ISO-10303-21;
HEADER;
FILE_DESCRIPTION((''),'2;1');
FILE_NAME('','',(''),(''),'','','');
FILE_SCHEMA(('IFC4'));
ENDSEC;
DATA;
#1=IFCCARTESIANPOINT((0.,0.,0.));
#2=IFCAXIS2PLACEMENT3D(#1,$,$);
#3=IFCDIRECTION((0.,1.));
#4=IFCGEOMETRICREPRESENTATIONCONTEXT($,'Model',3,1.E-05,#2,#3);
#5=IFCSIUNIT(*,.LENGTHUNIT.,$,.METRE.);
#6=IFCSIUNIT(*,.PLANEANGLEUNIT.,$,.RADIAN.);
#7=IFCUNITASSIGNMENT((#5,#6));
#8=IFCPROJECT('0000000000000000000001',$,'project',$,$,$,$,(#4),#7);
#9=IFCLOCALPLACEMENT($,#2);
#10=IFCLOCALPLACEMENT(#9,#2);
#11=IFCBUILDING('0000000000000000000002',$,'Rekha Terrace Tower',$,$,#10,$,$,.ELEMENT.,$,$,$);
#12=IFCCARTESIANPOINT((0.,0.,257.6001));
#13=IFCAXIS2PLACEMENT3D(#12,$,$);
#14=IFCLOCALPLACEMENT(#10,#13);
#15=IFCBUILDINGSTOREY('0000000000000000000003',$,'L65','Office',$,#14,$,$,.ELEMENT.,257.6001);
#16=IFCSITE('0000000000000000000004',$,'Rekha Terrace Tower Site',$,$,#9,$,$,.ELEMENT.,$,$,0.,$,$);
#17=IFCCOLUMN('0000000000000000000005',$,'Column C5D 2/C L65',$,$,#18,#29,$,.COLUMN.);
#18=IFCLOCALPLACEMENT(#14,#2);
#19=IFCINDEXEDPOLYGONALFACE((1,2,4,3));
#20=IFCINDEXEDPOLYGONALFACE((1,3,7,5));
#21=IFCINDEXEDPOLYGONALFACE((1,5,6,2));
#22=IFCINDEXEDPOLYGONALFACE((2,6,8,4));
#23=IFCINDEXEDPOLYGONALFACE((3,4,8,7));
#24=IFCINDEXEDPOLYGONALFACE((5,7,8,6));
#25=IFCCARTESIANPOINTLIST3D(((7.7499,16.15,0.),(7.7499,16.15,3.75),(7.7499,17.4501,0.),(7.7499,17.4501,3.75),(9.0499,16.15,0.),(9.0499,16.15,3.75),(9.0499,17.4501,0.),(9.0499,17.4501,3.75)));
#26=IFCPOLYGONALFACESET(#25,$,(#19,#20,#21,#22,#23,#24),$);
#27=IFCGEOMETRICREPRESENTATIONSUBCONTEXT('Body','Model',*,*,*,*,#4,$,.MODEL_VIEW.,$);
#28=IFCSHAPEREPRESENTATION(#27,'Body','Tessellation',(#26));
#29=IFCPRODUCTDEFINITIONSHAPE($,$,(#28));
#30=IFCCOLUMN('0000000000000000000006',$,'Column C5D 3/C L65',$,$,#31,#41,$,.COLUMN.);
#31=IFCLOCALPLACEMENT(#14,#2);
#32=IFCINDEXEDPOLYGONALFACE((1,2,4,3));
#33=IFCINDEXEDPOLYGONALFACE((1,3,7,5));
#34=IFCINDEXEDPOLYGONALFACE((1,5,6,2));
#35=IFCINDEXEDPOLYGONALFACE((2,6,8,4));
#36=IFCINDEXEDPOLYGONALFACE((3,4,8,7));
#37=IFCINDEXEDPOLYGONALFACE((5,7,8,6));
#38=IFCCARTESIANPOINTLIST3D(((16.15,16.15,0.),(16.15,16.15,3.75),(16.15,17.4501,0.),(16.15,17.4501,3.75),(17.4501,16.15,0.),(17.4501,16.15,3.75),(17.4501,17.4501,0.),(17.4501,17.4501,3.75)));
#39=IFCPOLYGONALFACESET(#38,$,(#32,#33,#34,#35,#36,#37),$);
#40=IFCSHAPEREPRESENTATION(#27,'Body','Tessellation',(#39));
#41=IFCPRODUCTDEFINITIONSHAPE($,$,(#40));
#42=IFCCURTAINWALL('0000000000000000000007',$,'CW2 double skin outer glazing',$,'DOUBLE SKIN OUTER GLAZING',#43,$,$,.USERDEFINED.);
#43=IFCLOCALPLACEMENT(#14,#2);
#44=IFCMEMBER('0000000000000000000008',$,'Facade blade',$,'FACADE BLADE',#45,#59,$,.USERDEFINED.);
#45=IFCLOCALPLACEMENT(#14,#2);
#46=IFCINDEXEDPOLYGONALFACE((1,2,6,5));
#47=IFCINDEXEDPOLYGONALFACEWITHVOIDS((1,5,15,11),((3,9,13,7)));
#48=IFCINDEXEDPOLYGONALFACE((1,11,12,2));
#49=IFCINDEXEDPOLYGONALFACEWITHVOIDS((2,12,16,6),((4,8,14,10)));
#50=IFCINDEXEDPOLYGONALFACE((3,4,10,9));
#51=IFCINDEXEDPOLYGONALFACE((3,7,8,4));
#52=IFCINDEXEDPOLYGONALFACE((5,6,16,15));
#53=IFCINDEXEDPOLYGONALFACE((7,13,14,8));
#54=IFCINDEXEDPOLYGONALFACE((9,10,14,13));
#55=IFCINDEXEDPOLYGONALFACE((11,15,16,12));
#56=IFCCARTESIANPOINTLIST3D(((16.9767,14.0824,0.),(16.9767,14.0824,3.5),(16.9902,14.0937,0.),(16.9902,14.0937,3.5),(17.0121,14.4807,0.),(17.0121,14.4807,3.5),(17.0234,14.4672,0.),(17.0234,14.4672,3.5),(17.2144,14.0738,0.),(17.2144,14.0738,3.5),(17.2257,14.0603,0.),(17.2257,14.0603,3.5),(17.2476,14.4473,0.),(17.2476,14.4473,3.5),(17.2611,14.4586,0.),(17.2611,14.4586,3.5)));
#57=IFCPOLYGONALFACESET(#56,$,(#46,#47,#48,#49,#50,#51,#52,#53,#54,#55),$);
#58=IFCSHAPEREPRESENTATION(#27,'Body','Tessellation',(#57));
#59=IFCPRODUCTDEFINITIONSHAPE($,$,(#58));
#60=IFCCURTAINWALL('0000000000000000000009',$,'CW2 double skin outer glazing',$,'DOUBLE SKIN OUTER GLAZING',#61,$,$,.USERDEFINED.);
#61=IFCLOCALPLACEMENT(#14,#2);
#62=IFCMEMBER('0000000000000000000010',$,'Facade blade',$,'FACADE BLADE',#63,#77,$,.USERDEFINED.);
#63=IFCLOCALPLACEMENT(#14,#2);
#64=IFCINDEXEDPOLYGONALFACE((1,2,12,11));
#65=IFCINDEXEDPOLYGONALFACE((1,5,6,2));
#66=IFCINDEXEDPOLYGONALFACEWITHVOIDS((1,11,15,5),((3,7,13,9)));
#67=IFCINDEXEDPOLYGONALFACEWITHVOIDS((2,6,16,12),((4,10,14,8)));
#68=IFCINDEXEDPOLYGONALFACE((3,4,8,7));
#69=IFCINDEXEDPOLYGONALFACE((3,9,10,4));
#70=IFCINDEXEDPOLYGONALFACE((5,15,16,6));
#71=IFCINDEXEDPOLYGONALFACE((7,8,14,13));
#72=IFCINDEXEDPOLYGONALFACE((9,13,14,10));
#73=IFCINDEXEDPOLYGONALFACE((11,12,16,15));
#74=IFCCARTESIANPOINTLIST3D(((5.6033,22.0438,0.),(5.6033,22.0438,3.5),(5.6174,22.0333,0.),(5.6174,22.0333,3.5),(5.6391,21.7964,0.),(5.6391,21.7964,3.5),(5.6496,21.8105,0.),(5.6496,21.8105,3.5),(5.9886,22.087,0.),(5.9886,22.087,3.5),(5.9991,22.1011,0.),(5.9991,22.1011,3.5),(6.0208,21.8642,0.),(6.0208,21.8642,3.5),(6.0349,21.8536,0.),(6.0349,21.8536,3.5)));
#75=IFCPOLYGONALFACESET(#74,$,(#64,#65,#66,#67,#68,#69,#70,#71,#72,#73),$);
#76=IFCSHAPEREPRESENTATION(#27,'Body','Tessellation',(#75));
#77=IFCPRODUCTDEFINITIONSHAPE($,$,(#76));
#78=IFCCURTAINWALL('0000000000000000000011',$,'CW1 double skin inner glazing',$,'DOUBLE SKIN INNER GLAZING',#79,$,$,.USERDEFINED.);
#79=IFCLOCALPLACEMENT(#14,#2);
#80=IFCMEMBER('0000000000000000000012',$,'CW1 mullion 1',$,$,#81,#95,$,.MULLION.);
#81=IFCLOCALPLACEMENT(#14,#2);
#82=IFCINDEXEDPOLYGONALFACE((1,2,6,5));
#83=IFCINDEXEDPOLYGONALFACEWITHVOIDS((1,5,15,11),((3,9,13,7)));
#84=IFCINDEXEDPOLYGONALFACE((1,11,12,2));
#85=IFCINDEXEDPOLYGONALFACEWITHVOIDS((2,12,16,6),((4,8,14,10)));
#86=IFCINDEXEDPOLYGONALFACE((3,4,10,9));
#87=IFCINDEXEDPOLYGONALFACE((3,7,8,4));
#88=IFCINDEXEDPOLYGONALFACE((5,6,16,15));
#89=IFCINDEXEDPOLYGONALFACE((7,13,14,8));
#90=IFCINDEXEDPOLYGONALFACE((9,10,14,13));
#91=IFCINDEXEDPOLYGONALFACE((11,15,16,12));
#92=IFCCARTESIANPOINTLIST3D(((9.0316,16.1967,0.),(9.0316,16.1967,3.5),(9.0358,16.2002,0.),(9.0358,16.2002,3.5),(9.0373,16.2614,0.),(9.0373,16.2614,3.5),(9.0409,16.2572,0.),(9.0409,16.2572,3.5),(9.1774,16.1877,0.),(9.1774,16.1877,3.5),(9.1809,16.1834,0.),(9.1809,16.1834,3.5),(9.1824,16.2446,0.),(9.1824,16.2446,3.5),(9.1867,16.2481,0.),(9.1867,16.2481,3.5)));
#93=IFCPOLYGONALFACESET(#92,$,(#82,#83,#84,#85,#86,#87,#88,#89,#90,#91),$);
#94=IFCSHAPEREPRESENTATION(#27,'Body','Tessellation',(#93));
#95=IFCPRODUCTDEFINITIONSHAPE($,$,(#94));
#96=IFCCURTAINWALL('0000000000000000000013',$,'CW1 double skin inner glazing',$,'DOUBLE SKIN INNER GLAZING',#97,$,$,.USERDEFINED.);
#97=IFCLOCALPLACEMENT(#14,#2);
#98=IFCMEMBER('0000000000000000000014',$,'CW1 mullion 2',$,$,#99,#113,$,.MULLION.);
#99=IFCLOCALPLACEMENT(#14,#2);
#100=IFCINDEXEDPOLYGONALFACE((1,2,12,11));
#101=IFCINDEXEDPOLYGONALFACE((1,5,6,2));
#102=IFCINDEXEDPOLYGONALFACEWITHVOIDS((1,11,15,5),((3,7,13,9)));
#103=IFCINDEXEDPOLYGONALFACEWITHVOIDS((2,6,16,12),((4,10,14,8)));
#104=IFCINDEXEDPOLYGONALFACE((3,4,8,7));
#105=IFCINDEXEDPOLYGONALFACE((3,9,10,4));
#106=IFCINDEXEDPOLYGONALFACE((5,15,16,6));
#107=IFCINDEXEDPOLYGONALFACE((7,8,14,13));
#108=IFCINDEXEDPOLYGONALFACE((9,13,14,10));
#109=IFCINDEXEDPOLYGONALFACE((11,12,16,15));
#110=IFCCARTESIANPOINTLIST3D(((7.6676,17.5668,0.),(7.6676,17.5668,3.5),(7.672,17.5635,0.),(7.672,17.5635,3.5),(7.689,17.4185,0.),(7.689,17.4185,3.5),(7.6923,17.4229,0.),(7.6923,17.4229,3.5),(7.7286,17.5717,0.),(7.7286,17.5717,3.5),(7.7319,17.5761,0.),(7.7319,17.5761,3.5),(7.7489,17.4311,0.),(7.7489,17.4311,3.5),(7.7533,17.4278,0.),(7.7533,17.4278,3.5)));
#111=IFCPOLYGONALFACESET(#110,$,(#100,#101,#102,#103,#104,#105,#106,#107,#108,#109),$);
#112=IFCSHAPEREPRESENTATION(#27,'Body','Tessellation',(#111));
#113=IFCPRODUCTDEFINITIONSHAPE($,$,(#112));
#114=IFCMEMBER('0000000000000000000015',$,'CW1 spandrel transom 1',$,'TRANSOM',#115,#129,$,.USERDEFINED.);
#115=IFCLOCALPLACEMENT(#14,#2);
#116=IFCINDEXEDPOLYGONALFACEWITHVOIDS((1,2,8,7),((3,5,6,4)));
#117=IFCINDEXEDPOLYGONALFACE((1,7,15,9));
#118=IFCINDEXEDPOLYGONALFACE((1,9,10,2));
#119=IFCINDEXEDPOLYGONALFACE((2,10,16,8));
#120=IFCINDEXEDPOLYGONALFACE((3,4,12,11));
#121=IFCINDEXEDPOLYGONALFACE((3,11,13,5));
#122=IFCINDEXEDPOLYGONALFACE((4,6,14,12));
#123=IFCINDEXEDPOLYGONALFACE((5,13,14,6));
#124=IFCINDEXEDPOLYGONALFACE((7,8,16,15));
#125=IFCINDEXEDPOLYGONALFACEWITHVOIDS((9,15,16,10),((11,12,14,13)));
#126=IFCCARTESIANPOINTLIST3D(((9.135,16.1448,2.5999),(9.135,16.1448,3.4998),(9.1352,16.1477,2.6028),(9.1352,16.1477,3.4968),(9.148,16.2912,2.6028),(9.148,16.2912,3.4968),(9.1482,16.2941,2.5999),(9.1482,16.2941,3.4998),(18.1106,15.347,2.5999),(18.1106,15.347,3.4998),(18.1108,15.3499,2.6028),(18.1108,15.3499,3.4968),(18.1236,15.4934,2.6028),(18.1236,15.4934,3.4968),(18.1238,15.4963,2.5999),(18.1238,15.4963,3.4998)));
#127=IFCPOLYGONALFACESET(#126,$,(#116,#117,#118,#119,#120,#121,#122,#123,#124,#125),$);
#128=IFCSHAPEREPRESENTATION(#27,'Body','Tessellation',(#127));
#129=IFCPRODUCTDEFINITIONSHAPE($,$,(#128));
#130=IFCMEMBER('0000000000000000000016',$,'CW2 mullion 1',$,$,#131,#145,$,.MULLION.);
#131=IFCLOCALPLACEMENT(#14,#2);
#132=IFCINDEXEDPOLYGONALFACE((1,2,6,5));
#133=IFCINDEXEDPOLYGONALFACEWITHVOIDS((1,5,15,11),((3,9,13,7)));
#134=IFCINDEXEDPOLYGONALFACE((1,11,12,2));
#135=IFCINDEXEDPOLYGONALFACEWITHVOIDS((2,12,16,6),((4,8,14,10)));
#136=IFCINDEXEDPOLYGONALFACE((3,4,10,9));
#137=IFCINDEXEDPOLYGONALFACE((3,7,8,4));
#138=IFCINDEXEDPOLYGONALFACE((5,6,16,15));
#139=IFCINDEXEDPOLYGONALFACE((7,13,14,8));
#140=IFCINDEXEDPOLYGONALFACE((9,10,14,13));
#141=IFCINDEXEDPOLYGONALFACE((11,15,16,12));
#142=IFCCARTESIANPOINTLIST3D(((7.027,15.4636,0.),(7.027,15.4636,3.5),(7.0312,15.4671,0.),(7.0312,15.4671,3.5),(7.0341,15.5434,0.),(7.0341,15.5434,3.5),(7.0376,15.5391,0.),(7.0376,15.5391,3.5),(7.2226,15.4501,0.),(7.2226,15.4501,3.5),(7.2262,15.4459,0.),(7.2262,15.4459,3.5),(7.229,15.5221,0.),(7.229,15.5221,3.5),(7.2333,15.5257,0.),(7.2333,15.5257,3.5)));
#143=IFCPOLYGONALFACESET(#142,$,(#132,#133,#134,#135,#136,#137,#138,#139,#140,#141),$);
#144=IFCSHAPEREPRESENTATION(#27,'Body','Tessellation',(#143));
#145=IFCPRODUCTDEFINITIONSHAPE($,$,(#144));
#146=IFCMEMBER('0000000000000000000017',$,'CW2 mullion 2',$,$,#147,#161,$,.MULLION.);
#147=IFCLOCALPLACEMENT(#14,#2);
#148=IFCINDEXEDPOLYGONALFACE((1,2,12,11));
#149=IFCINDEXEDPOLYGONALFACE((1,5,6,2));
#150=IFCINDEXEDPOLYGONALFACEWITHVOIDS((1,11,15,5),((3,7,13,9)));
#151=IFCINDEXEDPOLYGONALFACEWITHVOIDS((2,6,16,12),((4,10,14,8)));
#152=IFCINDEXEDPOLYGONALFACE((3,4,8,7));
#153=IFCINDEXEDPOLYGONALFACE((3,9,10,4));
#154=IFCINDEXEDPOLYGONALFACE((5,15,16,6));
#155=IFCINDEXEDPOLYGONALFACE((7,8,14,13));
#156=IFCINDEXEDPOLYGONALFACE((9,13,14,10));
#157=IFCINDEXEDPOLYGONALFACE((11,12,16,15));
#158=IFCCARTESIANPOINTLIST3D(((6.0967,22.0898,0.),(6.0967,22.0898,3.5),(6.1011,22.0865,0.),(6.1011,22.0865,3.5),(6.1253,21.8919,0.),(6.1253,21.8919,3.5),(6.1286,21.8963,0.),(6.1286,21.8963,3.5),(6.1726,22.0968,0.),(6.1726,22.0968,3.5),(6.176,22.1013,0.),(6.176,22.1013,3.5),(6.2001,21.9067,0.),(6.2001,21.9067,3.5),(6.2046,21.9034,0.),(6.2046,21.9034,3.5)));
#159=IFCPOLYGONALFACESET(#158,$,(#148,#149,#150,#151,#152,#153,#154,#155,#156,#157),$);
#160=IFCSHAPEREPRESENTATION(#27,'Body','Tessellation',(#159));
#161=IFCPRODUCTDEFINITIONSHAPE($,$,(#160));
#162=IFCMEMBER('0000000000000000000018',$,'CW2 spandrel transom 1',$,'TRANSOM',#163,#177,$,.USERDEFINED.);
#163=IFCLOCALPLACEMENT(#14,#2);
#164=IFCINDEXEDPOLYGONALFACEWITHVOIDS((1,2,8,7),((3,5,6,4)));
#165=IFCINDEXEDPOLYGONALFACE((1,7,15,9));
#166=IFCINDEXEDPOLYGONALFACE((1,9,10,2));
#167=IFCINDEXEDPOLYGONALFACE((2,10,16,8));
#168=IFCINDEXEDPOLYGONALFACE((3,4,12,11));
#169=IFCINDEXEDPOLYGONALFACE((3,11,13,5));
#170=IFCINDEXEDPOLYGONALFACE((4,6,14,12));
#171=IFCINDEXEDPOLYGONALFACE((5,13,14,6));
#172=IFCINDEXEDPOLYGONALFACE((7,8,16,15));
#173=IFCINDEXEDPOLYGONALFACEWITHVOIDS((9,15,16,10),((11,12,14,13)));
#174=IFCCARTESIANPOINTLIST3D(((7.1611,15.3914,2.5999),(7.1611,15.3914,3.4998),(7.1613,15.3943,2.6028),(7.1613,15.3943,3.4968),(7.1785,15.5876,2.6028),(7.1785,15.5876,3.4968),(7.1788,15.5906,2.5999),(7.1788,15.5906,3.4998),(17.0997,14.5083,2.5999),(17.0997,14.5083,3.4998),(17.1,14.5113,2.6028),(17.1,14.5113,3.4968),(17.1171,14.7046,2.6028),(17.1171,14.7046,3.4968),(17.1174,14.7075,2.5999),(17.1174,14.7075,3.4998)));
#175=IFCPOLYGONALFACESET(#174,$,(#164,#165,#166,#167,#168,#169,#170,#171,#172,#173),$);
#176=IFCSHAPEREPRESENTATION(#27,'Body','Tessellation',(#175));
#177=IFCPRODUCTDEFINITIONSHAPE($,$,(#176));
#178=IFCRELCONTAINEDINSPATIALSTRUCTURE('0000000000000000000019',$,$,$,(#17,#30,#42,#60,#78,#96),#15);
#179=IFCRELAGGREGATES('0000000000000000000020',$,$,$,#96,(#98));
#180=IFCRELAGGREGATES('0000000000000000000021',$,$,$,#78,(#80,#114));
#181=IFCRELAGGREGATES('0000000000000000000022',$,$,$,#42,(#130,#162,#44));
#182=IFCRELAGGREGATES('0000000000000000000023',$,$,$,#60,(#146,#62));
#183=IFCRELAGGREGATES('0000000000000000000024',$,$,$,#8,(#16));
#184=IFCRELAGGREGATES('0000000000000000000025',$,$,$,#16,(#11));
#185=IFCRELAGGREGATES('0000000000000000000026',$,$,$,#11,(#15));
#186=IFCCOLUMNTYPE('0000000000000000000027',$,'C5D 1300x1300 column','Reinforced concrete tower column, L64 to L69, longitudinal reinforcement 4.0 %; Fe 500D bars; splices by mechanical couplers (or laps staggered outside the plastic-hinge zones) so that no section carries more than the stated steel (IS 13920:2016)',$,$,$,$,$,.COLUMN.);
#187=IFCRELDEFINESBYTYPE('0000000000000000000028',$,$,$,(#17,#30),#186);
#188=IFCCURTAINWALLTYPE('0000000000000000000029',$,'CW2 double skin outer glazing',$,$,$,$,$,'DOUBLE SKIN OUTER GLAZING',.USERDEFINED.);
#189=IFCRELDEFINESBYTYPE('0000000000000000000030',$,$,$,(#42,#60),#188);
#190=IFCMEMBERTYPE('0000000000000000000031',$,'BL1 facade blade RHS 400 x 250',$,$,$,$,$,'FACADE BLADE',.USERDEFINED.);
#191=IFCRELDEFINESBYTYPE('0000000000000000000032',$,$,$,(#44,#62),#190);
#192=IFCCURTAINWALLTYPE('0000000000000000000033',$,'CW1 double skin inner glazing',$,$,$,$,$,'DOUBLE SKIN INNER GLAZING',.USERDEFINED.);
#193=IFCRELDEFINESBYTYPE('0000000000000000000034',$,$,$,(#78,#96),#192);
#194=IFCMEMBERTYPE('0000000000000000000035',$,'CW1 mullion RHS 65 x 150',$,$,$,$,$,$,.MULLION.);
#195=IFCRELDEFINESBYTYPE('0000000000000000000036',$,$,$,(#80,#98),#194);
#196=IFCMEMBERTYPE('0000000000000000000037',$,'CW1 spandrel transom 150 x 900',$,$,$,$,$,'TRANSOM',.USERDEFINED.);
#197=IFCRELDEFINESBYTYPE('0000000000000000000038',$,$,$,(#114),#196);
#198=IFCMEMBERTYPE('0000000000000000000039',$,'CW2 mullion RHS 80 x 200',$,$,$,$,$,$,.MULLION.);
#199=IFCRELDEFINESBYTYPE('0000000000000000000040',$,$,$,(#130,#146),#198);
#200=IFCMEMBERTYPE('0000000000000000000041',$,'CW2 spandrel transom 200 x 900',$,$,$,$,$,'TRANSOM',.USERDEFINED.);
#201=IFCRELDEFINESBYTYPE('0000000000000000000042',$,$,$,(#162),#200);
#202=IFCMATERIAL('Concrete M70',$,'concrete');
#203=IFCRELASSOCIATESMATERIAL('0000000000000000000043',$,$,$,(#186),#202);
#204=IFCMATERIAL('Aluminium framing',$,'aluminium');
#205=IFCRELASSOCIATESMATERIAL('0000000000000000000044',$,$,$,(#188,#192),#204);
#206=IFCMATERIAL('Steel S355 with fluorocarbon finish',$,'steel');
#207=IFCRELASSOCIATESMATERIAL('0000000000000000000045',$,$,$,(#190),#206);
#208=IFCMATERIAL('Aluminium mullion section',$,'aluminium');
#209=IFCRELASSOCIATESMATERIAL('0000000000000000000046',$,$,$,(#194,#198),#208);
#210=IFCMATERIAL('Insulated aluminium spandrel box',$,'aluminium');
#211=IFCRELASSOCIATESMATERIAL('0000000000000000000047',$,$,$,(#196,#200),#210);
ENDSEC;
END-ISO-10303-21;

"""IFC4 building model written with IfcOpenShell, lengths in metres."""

from ifc_helpers import new_model, si_unit, direction, frame, origin, origin_2d, place, context, subcontext, project, spatial, rectangle, hollow_rectangle, extrude, material, material_profile, profile_set, type_object, element, aggregate, save


model = new_model("IFC4")

# Units and contexts
model_context = context("Model", 3, precision=1e-05, world=origin(), true_north=direction((0.0, 1.0)))
body_context = subcontext(model_context, "Body", "Model", "MODEL_VIEW")
ifc_project = project(units=[si_unit("LENGTHUNIT", "METRE"), si_unit("PLANEANGLEUNIT", "RADIAN")], contexts=[model_context])

# Site, building, storey
site_placement = place(None, origin())
site = spatial("IfcSite", under=ifc_project, at=site_placement, Name="Rekha Terrace Tower Site", CompositionType="ELEMENT", RefElevation=0.0)
building_placement = place(site_placement, origin())
building = spatial("IfcBuilding", under=site, at=building_placement, Name="Rekha Terrace Tower", CompositionType="ELEMENT")
storey_placement = place(building_placement, frame((0.0, 0.0, 257.6001)))
storey = spatial("IfcBuildingStorey", under=building, at=storey_placement, Name="L65", Description="Office", CompositionType="ELEMENT", Elevation=257.6001)

# Columns
ifc_material_1 = material(Name="Concrete M70", Category="concrete")
ifc_material_profile_1 = material_profile(ifc_material_1, rectangle(XDim=1.3, YDim=1.3, at=origin_2d()), Name="RC 1300x1300")
ifc_profile_set_1 = profile_set([ifc_material_profile_1], Name="Concrete M70")
column_type = type_object("IfcColumnType", Name="C5D 1300x1300 column", Description="Reinforced concrete tower column, L64 to L69, longitudinal reinforcement 4.0 %; Fe 500D bars; splices by mechanical couplers (or laps staggered outside the plastic-hinge zones) so that no section carries more than the stated steel (IS 13920:2016)", PredefinedType="COLUMN", material=ifc_profile_set_1)
for number, where, z_axis, x_axis, name in (
    (1, (8.3999, 16.8, 0.0), (0.0, 0.0, 1.0), (1.0, 0.0, 0.0), "Column C5D 2/C L65"),
    (2, (16.8, 16.8, 0.0), (0.0, 0.0, 1.0), (1.0, 0.0, 0.0), "Column C5D 3/C L65"),
):
    element("IfcColumn", number, at=place(storey_placement, frame(where, z_axis=z_axis, x_axis=x_axis)), inside=storey, type_object=column_type, Name=name, PredefinedType="COLUMN", context=body_context, shape_type="SweptSolid", body=[
        extrude(rectangle(XDim=1.3, YDim=1.3, at=origin_2d()), origin(), (0.0, 0.0, 1.0), 3.75),
    ])

# Curtain walls, members
ifc_material_2 = material(Name="Aluminium framing", Category="aluminium")
curtain_wall_type_1 = type_object("IfcCurtainWallType", Name="CW2 double skin outer glazing", ElementType="DOUBLE SKIN OUTER GLAZING", PredefinedType="USERDEFINED", material=ifc_material_2)
curtain_wall_1_placement = place(storey_placement, origin())
curtain_wall_1 = element("IfcCurtainWall", 3, at=curtain_wall_1_placement, inside=storey, type_object=curtain_wall_type_1, Name="CW2 double skin outer glazing", ObjectType="DOUBLE SKIN OUTER GLAZING", PredefinedType="USERDEFINED")
ifc_material_3 = material(Name="Steel S355 with fluorocarbon finish", Category="steel")
ifc_material_profile_2 = material_profile(ifc_material_3, hollow_rectangle(XDim=0.25, YDim=0.3999, WallThickness=0.0125, at=origin_2d()), Name="RHS400x250x12.5")
ifc_profile_set_2 = profile_set([ifc_material_profile_2], Name="Steel S355 with fluorocarbon finish")
member_type_1 = type_object("IfcMemberType", Name="BL1 facade blade RHS 400 x 250", ElementType="FACADE BLADE", PredefinedType="USERDEFINED", material=ifc_profile_set_2)
member_1_placement = place(storey_placement, frame((17.1189, 14.2705, 0.0), z_axis=(0.0, 0.0, 1.0), x_axis=(0.996074, -0.088522, 0.0)))
member_1 = element("IfcMember", 4, at=member_1_placement, type_object=member_type_1, Name="Facade blade", ObjectType="FACADE BLADE", PredefinedType="USERDEFINED", context=body_context, shape_type="SweptSolid", body=[
    extrude(hollow_rectangle(XDim=0.25, YDim=0.3999, WallThickness=0.0125, at=origin_2d()), origin(), (0.0, 0.0, 1.0), 3.5),
])
curtain_wall_2_placement = place(storey_placement, origin())
curtain_wall_2 = element("IfcCurtainWall", 5, at=curtain_wall_2_placement, inside=storey, type_object=curtain_wall_type_1, Name="CW2 double skin outer glazing", ObjectType="DOUBLE SKIN OUTER GLAZING", PredefinedType="USERDEFINED")
member_2_placement = place(storey_placement, frame((5.8191, 21.9487, 0.0), z_axis=(0.0, 0.0, 1.0), x_axis=(0.143109, -0.989707, 0.0)))
member_2 = element("IfcMember", 6, at=member_2_placement, type_object=member_type_1, Name="Facade blade", ObjectType="FACADE BLADE", PredefinedType="USERDEFINED", context=body_context, shape_type="SweptSolid", body=[
    extrude(hollow_rectangle(XDim=0.25, YDim=0.3999, WallThickness=0.0125, at=origin_2d()), origin(), (0.0, 0.0, 1.0), 3.5),
])
curtain_wall_type_2 = type_object("IfcCurtainWallType", Name="CW1 double skin inner glazing", ElementType="DOUBLE SKIN INNER GLAZING", PredefinedType="USERDEFINED", material=ifc_material_2)
curtain_wall_3_placement = place(storey_placement, origin())
curtain_wall_3 = element("IfcCurtainWall", 7, at=curtain_wall_3_placement, inside=storey, type_object=curtain_wall_type_2, Name="CW1 double skin inner glazing", ObjectType="DOUBLE SKIN INNER GLAZING", PredefinedType="USERDEFINED")
ifc_material_4 = material(Name="Aluminium mullion section", Category="aluminium")
ifc_material_profile_3 = material_profile(ifc_material_4, hollow_rectangle(XDim=0.0649, YDim=0.1499, WallThickness=0.0039, at=origin_2d()), Name="AL RHS 65x150")
ifc_profile_set_3 = profile_set([ifc_material_profile_3], Name="Aluminium mullion section")
member_type_2 = type_object("IfcMemberType", Name="CW1 mullion RHS 65 x 150", PredefinedType="MULLION", material=ifc_profile_set_3)
member_3_placement = place(storey_placement, frame((9.1091, 16.2224, 0.0), z_axis=(0.0, 0.0, 1.0), x_axis=(0.088522, 0.996074, 0.0)))
member_3 = element("IfcMember", 8, at=member_3_placement, type_object=member_type_2, Name="CW1 mullion 1", PredefinedType="MULLION", context=body_context, shape_type="SweptSolid", body=[
    extrude(hollow_rectangle(XDim=0.0649, YDim=0.1499, WallThickness=0.0039, at=origin_2d()), origin(), (0.0, 0.0, 1.0), 3.5),
])
curtain_wall_4_placement = place(storey_placement, origin())
curtain_wall_4 = element("IfcCurtainWall", 9, at=curtain_wall_4_placement, inside=storey, type_object=curtain_wall_type_2, Name="CW1 double skin inner glazing", ObjectType="DOUBLE SKIN INNER GLAZING", PredefinedType="USERDEFINED")
member_4_placement = place(storey_placement, frame((7.7104, 17.4973, 0.0), z_axis=(0.0, 0.0, 1.0), x_axis=(0.989707, 0.143108, 0.0)))
member_4 = element("IfcMember", 10, at=member_4_placement, type_object=member_type_2, Name="CW1 mullion 2", PredefinedType="MULLION", context=body_context, shape_type="SweptSolid", body=[
    extrude(hollow_rectangle(XDim=0.0649, YDim=0.1499, WallThickness=0.0039, at=origin_2d()), origin(), (0.0, 0.0, 1.0), 3.5),
])
aggregate(curtain_wall_4, [member_4])

# Members
ifc_material_5 = material(Name="Insulated aluminium spandrel box", Category="aluminium")
ifc_material_profile_4 = material_profile(ifc_material_5, hollow_rectangle(XDim=0.1499, YDim=0.8999, WallThickness=0.0029, at=origin_2d()), Name="AL SPANDREL BOX 150x900")
ifc_profile_set_4 = profile_set([ifc_material_profile_4], Name="Insulated aluminium spandrel box")
member_type_3 = type_object("IfcMemberType", Name="CW1 spandrel transom 150 x 900", ElementType="TRANSOM", PredefinedType="USERDEFINED", material=ifc_profile_set_4)
member_5_placement = place(storey_placement, frame((9.1416, 16.2195, 3.0498), z_axis=(0.996072, -0.088542, 0.0), x_axis=(0.088542, 0.996072, 0.0)))
member_5 = element("IfcMember", 11, at=member_5_placement, type_object=member_type_3, Name="CW1 spandrel transom 1", ObjectType="TRANSOM", PredefinedType="USERDEFINED", context=body_context, shape_type="SweptSolid", body=[
    extrude(hollow_rectangle(XDim=0.1499, YDim=0.8999, WallThickness=0.0029, at=origin_2d()), origin(), (0.0, 0.0, 1.0), 9.011),
])
ifc_material_profile_5 = material_profile(ifc_material_4, hollow_rectangle(XDim=0.0801, YDim=0.2, WallThickness=0.0039, at=origin_2d()), Name="AL RHS 80x200")
ifc_profile_set_5 = profile_set([ifc_material_profile_5], Name="Aluminium mullion section")
member_type_4 = type_object("IfcMemberType", Name="CW2 mullion RHS 80 x 200", PredefinedType="MULLION", material=ifc_profile_set_5)
member_6_placement = place(storey_placement, frame((7.1301, 15.4946, 0.0), z_axis=(0.0, 0.0, 1.0), x_axis=(0.088522, 0.996074, 0.0)))
member_6 = element("IfcMember", 12, at=member_6_placement, type_object=member_type_4, Name="CW2 mullion 1", PredefinedType="MULLION", context=body_context, shape_type="SweptSolid", body=[
    extrude(hollow_rectangle(XDim=0.0801, YDim=0.2, WallThickness=0.0039, at=origin_2d()), origin(), (0.0, 0.0, 1.0), 3.5),
])
member_7_placement = place(storey_placement, frame((6.1506, 21.9966, 0.0), z_axis=(0.0, 0.0, 1.0), x_axis=(0.989707, 0.143108, 0.0)))
member_7 = element("IfcMember", 13, at=member_7_placement, type_object=member_type_4, Name="CW2 mullion 2", PredefinedType="MULLION", context=body_context, shape_type="SweptSolid", body=[
    extrude(hollow_rectangle(XDim=0.0801, YDim=0.2, WallThickness=0.0039, at=origin_2d()), origin(), (0.0, 0.0, 1.0), 3.5),
])
ifc_material_profile_6 = material_profile(ifc_material_5, hollow_rectangle(XDim=0.2, YDim=0.8999, WallThickness=0.0029, at=origin_2d()), Name="AL SPANDREL BOX 200x900")
ifc_profile_set_6 = profile_set([ifc_material_profile_6], Name="Insulated aluminium spandrel box")
member_type_5 = type_object("IfcMemberType", Name="CW2 spandrel transom 200 x 900", ElementType="TRANSOM", PredefinedType="USERDEFINED", material=ifc_profile_set_6)
member_8_placement = place(storey_placement, frame((7.1699, 15.491, 3.0498), z_axis=(0.996076, -0.088501, 0.0), x_axis=(0.088501, 0.996076, 0.0)))
member_8 = element("IfcMember", 14, at=member_8_placement, type_object=member_type_5, Name="CW2 spandrel transom 1", ObjectType="TRANSOM", PredefinedType="USERDEFINED", context=body_context, shape_type="SweptSolid", body=[
    extrude(hollow_rectangle(XDim=0.2, YDim=0.8999, WallThickness=0.0029, at=origin_2d()), origin(), (0.0, 0.0, 1.0), 9.9778),
])

aggregate(curtain_wall_3, [member_3, member_5])
aggregate(curtain_wall_1, [member_6, member_8, member_1])
aggregate(curtain_wall_2, [member_7, member_2])

save(model, "model.ifc")
